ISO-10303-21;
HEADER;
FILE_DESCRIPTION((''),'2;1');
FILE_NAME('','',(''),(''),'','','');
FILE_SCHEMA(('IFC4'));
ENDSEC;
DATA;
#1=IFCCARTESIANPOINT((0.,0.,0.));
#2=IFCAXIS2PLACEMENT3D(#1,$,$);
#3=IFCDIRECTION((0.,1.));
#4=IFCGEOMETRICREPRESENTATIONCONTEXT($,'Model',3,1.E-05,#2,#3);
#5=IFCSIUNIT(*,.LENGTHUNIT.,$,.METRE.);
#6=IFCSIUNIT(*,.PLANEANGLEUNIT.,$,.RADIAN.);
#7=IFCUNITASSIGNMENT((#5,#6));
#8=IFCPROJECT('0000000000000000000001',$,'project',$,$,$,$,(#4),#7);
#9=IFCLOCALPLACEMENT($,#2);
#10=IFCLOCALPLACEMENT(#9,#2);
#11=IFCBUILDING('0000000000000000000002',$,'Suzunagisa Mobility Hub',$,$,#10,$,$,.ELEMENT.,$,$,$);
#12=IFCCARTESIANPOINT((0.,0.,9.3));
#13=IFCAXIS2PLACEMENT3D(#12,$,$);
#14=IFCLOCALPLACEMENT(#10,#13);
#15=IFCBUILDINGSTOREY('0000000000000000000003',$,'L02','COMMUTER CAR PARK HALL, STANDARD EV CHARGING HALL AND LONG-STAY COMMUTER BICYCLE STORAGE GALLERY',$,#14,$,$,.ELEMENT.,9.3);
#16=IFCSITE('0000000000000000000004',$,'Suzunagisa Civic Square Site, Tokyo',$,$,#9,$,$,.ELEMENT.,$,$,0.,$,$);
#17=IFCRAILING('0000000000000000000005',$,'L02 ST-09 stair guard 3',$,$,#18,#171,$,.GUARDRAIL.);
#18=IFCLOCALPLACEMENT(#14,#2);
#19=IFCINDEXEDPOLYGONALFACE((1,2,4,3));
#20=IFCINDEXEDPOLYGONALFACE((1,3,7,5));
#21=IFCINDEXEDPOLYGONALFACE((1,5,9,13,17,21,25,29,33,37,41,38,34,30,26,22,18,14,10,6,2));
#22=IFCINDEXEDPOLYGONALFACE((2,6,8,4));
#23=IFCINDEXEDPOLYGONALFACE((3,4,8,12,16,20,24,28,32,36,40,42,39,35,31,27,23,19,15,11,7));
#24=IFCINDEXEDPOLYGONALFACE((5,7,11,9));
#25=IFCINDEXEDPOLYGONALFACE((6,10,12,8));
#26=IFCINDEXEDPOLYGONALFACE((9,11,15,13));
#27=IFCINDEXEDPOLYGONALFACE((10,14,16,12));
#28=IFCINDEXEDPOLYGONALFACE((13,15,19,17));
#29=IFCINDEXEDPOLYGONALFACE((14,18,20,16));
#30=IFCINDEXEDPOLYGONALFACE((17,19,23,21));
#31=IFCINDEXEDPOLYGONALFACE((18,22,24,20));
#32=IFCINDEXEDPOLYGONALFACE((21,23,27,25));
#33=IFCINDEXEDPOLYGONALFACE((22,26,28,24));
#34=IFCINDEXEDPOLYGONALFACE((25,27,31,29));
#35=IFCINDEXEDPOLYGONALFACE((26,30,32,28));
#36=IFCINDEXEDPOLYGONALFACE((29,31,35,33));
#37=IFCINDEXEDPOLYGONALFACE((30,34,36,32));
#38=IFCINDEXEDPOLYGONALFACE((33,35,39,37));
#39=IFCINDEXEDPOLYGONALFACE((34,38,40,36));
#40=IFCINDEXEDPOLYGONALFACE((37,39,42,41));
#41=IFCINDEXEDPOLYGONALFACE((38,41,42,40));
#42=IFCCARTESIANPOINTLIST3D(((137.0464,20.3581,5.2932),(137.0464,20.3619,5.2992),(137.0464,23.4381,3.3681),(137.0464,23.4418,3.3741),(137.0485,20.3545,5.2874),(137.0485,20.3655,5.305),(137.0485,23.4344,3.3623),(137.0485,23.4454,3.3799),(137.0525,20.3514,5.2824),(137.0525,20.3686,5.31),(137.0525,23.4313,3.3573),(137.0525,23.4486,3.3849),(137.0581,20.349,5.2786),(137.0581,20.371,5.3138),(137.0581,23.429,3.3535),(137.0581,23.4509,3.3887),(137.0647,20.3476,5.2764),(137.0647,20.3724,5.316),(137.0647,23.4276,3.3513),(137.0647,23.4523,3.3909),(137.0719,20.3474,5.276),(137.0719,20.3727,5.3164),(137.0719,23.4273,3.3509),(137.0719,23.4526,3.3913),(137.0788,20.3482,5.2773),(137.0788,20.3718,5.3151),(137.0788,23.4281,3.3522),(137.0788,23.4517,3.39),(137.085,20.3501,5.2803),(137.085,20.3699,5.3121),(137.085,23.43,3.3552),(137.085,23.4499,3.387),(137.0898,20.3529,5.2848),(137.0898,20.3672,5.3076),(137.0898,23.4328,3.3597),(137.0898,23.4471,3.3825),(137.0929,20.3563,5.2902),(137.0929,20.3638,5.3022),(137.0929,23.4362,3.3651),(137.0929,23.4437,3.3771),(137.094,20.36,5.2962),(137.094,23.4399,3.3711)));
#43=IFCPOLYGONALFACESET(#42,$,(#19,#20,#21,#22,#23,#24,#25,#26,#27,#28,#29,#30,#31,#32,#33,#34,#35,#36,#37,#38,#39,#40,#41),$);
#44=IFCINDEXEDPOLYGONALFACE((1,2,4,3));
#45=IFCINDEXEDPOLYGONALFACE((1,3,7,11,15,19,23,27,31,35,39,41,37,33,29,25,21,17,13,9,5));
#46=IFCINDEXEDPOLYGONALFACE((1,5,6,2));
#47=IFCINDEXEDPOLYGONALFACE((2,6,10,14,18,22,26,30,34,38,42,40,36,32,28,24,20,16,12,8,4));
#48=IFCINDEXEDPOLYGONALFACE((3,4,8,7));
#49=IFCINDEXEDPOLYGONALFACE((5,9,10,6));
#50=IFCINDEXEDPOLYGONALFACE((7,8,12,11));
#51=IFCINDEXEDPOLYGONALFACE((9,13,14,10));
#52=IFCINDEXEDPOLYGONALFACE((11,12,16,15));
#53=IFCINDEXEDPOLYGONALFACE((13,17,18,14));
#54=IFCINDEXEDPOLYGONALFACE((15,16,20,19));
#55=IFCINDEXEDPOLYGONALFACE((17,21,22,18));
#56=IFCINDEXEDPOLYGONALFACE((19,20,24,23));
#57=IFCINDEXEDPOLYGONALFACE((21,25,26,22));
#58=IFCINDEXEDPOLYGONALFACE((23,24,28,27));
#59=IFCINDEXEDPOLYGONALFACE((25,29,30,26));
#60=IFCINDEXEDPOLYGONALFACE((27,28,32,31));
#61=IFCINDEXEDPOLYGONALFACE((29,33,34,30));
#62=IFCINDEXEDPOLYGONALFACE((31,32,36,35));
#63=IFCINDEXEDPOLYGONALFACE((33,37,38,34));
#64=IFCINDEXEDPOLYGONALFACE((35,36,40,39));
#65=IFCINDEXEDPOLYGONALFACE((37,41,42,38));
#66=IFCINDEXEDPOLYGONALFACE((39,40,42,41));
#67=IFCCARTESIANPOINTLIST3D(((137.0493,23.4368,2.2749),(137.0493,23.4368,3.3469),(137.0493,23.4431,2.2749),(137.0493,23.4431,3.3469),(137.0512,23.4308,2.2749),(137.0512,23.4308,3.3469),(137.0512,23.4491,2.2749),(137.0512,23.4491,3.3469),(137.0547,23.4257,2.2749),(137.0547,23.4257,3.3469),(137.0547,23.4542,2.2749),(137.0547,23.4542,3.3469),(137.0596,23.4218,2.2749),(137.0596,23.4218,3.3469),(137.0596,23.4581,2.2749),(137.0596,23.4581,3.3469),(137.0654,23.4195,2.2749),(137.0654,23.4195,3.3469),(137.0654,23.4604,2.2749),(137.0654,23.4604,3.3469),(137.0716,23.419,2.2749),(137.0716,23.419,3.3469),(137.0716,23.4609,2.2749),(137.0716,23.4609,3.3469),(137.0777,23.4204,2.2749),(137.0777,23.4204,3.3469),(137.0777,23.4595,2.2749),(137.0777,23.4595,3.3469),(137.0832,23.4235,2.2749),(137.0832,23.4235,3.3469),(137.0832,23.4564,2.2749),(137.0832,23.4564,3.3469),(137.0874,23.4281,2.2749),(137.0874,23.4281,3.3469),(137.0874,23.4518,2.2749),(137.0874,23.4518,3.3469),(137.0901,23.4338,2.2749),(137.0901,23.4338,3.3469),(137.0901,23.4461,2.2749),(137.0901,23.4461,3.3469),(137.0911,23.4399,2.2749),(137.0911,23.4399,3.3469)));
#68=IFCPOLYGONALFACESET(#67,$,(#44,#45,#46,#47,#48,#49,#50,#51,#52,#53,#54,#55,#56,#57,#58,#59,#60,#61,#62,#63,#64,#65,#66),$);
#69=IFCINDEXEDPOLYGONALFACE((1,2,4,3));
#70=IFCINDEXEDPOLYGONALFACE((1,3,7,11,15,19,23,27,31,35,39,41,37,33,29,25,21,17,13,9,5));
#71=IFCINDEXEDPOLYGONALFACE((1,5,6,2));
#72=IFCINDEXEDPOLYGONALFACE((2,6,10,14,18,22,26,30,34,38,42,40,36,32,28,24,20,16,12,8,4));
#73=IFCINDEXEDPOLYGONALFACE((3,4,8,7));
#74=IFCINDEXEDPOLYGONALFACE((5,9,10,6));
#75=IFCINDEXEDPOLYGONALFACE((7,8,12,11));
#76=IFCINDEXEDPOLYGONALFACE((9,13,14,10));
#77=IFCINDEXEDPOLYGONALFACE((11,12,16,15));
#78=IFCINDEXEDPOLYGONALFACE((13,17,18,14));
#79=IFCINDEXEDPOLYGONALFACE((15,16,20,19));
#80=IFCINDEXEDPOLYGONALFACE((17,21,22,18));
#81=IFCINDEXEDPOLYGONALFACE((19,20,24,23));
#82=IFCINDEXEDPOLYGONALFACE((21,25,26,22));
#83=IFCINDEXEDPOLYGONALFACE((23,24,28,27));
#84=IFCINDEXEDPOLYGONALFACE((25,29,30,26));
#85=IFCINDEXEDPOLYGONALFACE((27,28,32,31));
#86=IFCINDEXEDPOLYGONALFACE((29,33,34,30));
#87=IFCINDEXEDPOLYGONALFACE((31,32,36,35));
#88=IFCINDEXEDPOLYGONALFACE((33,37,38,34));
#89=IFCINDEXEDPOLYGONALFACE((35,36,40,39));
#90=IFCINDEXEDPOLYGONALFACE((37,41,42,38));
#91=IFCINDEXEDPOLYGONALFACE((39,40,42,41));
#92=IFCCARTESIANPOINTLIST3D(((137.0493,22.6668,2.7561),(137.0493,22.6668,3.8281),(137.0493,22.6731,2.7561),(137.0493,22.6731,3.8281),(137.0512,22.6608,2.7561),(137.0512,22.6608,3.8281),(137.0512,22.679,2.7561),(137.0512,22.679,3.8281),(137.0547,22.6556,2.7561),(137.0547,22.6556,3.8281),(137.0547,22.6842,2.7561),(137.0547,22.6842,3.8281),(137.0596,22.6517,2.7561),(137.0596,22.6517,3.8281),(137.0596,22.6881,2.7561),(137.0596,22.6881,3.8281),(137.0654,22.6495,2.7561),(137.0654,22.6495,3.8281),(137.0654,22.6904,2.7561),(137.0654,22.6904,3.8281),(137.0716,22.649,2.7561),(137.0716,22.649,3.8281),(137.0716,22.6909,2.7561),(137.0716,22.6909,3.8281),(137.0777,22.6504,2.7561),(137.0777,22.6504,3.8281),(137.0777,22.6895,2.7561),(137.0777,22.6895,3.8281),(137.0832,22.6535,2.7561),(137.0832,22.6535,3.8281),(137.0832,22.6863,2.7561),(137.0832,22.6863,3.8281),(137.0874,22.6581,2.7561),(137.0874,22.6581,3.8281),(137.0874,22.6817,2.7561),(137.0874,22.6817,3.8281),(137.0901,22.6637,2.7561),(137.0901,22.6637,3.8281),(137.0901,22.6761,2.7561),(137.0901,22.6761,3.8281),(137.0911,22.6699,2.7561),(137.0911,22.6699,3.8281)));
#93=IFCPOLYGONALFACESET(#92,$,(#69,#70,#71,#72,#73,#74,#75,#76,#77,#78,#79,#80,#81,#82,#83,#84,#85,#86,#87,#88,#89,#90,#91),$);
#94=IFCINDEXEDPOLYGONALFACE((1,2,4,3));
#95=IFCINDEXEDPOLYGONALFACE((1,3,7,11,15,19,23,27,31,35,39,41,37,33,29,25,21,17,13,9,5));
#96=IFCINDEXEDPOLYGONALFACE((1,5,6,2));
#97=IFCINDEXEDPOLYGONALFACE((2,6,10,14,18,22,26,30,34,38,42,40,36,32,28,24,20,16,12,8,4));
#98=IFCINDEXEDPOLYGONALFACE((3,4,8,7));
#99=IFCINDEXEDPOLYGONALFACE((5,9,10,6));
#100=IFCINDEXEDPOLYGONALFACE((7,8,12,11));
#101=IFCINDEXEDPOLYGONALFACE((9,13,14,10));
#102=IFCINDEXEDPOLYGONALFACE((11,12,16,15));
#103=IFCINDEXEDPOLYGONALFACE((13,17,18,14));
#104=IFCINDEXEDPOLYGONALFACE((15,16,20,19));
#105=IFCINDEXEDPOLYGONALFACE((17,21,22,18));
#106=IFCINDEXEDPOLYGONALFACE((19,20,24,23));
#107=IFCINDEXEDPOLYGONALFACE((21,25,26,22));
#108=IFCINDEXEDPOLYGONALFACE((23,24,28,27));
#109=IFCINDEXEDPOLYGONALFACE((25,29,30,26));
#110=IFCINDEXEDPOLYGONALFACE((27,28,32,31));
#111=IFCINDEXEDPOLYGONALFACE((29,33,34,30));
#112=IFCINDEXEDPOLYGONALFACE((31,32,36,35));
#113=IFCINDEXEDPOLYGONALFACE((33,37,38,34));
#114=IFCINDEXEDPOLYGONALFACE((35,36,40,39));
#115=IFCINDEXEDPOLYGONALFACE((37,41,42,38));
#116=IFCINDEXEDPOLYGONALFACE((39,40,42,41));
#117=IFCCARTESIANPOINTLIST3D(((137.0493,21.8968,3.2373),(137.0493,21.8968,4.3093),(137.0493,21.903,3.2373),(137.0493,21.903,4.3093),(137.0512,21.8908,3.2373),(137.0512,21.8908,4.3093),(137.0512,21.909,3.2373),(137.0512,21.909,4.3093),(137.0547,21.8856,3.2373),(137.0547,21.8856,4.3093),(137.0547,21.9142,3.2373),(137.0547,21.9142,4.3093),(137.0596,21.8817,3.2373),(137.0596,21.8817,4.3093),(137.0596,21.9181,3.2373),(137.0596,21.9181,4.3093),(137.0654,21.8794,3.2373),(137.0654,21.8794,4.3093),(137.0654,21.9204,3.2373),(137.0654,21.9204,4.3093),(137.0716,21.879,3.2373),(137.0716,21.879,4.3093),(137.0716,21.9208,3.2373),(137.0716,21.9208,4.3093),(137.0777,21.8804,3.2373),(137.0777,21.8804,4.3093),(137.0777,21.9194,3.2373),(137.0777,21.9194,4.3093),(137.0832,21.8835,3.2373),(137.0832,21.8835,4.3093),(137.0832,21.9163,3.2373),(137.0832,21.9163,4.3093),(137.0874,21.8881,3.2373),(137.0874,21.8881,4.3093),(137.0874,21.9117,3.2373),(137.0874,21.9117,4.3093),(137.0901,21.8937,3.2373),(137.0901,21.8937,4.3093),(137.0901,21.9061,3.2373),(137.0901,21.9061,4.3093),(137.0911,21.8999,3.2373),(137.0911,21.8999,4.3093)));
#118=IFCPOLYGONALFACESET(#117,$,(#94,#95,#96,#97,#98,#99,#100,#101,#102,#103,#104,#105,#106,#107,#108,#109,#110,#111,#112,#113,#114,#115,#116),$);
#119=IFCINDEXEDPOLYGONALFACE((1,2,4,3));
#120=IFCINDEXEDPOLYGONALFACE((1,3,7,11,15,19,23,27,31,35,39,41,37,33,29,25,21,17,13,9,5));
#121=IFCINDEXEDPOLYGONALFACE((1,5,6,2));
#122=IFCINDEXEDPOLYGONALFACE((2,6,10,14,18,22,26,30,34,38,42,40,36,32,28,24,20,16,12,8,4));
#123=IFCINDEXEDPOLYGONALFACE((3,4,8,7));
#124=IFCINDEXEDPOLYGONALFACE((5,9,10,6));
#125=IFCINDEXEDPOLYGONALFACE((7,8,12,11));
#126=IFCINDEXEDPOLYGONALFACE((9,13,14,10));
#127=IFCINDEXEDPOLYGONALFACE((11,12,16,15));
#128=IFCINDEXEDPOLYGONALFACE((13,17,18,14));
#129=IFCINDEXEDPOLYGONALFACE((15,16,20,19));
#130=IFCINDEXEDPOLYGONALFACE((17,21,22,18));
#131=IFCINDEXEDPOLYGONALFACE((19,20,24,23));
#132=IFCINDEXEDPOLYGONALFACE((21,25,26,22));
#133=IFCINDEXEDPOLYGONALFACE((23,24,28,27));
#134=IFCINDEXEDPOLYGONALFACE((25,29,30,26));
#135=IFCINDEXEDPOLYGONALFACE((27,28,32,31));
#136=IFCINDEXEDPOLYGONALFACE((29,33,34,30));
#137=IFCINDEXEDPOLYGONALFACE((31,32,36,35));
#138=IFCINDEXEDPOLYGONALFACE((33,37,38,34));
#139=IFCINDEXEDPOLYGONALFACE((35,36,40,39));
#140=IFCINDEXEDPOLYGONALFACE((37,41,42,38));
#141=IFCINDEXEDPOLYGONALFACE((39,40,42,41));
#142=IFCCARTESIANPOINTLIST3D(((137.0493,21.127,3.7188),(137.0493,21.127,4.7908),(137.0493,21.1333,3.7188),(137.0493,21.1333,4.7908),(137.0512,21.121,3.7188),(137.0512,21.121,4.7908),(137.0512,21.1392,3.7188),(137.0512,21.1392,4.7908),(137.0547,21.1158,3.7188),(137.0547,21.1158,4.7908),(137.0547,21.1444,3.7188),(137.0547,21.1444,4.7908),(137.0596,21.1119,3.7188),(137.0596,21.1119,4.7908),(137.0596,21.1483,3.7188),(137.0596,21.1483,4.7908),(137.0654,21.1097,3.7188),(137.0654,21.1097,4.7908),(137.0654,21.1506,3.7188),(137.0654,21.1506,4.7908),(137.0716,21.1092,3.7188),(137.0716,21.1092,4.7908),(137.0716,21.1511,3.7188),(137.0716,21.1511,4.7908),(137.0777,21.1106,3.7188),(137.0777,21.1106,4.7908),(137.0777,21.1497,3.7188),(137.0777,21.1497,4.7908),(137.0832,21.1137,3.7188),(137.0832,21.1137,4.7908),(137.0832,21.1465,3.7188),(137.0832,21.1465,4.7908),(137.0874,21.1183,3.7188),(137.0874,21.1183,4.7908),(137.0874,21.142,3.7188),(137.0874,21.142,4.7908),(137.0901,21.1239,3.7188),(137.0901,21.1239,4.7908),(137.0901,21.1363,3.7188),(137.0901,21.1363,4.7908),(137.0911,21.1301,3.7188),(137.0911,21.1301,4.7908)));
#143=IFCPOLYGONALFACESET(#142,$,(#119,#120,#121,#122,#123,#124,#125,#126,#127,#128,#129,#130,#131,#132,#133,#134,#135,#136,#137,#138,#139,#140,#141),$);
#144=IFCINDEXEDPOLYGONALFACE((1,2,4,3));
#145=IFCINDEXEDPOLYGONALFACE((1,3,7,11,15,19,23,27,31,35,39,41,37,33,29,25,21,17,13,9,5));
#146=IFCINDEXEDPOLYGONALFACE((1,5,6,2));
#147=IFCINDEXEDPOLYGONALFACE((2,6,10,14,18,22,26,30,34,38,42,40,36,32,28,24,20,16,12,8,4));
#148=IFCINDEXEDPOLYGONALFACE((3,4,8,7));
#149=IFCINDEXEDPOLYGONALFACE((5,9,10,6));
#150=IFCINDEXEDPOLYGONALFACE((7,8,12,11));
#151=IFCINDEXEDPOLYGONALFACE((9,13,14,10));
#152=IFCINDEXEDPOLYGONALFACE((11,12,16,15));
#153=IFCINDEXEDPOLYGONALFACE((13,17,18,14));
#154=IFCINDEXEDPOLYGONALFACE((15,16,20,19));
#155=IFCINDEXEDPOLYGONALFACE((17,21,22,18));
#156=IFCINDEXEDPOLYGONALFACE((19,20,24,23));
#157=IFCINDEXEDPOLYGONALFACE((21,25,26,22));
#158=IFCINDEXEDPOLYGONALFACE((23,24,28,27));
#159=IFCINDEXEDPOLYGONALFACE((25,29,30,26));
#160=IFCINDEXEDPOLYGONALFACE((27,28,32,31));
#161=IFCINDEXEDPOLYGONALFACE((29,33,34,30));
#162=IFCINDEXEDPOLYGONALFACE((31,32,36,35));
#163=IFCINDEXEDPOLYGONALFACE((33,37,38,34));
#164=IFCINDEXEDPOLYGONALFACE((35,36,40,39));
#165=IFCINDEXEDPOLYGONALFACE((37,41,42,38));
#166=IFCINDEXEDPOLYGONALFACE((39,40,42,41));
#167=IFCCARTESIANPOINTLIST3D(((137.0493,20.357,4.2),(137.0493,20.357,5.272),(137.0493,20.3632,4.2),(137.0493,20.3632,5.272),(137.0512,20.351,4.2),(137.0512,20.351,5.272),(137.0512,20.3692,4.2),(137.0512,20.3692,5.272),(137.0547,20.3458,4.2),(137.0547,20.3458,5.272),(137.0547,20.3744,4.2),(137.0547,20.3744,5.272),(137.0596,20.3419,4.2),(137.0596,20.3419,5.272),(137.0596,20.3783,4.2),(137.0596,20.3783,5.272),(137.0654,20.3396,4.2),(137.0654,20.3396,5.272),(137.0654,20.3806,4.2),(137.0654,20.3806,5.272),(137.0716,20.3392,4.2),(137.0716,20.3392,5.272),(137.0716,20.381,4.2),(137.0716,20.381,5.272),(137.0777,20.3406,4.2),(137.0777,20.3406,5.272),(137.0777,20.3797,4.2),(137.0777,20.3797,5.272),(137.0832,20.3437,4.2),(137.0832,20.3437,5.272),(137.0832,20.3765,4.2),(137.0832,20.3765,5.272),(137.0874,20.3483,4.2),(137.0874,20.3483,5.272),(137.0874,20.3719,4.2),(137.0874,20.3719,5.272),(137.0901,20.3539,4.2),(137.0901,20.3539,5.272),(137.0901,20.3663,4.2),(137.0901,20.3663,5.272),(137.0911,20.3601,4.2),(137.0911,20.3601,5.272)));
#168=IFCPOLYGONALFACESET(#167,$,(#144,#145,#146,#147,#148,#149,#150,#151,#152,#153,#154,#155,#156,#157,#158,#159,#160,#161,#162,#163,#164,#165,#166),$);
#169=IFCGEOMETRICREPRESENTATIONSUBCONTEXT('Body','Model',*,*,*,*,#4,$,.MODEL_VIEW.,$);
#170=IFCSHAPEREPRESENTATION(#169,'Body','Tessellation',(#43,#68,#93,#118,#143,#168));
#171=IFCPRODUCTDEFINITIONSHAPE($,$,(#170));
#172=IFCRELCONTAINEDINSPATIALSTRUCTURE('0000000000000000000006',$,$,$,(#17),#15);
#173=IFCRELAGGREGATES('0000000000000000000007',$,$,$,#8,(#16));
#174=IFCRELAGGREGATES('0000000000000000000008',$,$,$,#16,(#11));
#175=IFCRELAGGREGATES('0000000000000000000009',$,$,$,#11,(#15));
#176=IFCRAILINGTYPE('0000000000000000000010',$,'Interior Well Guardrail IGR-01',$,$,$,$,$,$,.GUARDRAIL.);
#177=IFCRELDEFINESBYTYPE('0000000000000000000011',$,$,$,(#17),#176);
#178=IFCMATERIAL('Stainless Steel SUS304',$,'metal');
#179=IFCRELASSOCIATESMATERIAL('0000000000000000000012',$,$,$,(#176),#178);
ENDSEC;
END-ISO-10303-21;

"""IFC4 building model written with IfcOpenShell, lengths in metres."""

from ifc_helpers import new_model, si_unit, direction, frame, origin, origin_2d, place, context, subcontext, project, spatial, circle, extrude, material, type_object, element, save


model = new_model("IFC4")

# Units and contexts
model_context = context("Model", 3, precision=1e-05, world=origin(), true_north=direction((0.0, 1.0)))
body_context = subcontext(model_context, "Body", "Model", "MODEL_VIEW")
ifc_project = project(units=[si_unit("LENGTHUNIT", "METRE"), si_unit("PLANEANGLEUNIT", "RADIAN")], contexts=[model_context])

# Site, building, storey
site_placement = place(None, origin())
site = spatial("IfcSite", under=ifc_project, at=site_placement, Name="Suzunagisa Civic Square Site, Tokyo", CompositionType="ELEMENT", RefElevation=0.0)
building_placement = place(site_placement, origin())
building = spatial("IfcBuilding", under=site, at=building_placement, Name="Suzunagisa Mobility Hub", CompositionType="ELEMENT")
storey_placement = place(building_placement, frame((0.0, 0.0, 9.3)))
storey = spatial("IfcBuildingStorey", under=building, at=storey_placement, Name="L02", Description="COMMUTER CAR PARK HALL, STANDARD EV CHARGING HALL AND LONG-STAY COMMUTER BICYCLE STORAGE GALLERY", CompositionType="ELEMENT", Elevation=9.3)

# Railing
ifc_material_1 = material(Name="Stainless Steel SUS304", Category="metal")
railing_type_1 = type_object("IfcRailingType", Name="Interior Well Guardrail IGR-01", PredefinedType="GUARDRAIL", material=ifc_material_1)
railing_1_placement = place(storey_placement, frame((137.0701, 23.4399, 2.2749)))
element("IfcRailing", 1, at=railing_1_placement, inside=storey, type_object=railing_type_1, Name="L02 ST-09 stair guard 3", PredefinedType="GUARDRAIL", context=body_context, shape_type="SweptSolid", body=[
    extrude(circle(Radius=0.0239, at=origin_2d()), frame((0.0, 0.0, 1.0962), z_axis=(0.0, -0.847979, 0.530029), x_axis=(1.0, 0.0, 0.0)), (0.0, 0.0, 1.0), 3.6321),
    extrude(circle(Radius=0.021, at=origin_2d()), origin(), (0.0, 0.0, 1.0), 1.072),
    extrude(circle(Radius=0.021, at=origin_2d()), frame((0.0, -0.77, 0.4812)), (0.0, 0.0, 1.0), 1.072),
    extrude(circle(Radius=0.021, at=origin_2d()), frame((0.0, -1.54, 0.9624)), (0.0, 0.0, 1.0), 1.072),
    extrude(circle(Radius=0.021, at=origin_2d()), frame((0.0, -2.3098, 1.4438)), (0.0, 0.0, 1.0), 1.072),
    extrude(circle(Radius=0.021, at=origin_2d()), frame((0.0, -3.0798, 1.925)), (0.0, 0.0, 1.0), 1.072),
])

save(model, "model.ifc")
